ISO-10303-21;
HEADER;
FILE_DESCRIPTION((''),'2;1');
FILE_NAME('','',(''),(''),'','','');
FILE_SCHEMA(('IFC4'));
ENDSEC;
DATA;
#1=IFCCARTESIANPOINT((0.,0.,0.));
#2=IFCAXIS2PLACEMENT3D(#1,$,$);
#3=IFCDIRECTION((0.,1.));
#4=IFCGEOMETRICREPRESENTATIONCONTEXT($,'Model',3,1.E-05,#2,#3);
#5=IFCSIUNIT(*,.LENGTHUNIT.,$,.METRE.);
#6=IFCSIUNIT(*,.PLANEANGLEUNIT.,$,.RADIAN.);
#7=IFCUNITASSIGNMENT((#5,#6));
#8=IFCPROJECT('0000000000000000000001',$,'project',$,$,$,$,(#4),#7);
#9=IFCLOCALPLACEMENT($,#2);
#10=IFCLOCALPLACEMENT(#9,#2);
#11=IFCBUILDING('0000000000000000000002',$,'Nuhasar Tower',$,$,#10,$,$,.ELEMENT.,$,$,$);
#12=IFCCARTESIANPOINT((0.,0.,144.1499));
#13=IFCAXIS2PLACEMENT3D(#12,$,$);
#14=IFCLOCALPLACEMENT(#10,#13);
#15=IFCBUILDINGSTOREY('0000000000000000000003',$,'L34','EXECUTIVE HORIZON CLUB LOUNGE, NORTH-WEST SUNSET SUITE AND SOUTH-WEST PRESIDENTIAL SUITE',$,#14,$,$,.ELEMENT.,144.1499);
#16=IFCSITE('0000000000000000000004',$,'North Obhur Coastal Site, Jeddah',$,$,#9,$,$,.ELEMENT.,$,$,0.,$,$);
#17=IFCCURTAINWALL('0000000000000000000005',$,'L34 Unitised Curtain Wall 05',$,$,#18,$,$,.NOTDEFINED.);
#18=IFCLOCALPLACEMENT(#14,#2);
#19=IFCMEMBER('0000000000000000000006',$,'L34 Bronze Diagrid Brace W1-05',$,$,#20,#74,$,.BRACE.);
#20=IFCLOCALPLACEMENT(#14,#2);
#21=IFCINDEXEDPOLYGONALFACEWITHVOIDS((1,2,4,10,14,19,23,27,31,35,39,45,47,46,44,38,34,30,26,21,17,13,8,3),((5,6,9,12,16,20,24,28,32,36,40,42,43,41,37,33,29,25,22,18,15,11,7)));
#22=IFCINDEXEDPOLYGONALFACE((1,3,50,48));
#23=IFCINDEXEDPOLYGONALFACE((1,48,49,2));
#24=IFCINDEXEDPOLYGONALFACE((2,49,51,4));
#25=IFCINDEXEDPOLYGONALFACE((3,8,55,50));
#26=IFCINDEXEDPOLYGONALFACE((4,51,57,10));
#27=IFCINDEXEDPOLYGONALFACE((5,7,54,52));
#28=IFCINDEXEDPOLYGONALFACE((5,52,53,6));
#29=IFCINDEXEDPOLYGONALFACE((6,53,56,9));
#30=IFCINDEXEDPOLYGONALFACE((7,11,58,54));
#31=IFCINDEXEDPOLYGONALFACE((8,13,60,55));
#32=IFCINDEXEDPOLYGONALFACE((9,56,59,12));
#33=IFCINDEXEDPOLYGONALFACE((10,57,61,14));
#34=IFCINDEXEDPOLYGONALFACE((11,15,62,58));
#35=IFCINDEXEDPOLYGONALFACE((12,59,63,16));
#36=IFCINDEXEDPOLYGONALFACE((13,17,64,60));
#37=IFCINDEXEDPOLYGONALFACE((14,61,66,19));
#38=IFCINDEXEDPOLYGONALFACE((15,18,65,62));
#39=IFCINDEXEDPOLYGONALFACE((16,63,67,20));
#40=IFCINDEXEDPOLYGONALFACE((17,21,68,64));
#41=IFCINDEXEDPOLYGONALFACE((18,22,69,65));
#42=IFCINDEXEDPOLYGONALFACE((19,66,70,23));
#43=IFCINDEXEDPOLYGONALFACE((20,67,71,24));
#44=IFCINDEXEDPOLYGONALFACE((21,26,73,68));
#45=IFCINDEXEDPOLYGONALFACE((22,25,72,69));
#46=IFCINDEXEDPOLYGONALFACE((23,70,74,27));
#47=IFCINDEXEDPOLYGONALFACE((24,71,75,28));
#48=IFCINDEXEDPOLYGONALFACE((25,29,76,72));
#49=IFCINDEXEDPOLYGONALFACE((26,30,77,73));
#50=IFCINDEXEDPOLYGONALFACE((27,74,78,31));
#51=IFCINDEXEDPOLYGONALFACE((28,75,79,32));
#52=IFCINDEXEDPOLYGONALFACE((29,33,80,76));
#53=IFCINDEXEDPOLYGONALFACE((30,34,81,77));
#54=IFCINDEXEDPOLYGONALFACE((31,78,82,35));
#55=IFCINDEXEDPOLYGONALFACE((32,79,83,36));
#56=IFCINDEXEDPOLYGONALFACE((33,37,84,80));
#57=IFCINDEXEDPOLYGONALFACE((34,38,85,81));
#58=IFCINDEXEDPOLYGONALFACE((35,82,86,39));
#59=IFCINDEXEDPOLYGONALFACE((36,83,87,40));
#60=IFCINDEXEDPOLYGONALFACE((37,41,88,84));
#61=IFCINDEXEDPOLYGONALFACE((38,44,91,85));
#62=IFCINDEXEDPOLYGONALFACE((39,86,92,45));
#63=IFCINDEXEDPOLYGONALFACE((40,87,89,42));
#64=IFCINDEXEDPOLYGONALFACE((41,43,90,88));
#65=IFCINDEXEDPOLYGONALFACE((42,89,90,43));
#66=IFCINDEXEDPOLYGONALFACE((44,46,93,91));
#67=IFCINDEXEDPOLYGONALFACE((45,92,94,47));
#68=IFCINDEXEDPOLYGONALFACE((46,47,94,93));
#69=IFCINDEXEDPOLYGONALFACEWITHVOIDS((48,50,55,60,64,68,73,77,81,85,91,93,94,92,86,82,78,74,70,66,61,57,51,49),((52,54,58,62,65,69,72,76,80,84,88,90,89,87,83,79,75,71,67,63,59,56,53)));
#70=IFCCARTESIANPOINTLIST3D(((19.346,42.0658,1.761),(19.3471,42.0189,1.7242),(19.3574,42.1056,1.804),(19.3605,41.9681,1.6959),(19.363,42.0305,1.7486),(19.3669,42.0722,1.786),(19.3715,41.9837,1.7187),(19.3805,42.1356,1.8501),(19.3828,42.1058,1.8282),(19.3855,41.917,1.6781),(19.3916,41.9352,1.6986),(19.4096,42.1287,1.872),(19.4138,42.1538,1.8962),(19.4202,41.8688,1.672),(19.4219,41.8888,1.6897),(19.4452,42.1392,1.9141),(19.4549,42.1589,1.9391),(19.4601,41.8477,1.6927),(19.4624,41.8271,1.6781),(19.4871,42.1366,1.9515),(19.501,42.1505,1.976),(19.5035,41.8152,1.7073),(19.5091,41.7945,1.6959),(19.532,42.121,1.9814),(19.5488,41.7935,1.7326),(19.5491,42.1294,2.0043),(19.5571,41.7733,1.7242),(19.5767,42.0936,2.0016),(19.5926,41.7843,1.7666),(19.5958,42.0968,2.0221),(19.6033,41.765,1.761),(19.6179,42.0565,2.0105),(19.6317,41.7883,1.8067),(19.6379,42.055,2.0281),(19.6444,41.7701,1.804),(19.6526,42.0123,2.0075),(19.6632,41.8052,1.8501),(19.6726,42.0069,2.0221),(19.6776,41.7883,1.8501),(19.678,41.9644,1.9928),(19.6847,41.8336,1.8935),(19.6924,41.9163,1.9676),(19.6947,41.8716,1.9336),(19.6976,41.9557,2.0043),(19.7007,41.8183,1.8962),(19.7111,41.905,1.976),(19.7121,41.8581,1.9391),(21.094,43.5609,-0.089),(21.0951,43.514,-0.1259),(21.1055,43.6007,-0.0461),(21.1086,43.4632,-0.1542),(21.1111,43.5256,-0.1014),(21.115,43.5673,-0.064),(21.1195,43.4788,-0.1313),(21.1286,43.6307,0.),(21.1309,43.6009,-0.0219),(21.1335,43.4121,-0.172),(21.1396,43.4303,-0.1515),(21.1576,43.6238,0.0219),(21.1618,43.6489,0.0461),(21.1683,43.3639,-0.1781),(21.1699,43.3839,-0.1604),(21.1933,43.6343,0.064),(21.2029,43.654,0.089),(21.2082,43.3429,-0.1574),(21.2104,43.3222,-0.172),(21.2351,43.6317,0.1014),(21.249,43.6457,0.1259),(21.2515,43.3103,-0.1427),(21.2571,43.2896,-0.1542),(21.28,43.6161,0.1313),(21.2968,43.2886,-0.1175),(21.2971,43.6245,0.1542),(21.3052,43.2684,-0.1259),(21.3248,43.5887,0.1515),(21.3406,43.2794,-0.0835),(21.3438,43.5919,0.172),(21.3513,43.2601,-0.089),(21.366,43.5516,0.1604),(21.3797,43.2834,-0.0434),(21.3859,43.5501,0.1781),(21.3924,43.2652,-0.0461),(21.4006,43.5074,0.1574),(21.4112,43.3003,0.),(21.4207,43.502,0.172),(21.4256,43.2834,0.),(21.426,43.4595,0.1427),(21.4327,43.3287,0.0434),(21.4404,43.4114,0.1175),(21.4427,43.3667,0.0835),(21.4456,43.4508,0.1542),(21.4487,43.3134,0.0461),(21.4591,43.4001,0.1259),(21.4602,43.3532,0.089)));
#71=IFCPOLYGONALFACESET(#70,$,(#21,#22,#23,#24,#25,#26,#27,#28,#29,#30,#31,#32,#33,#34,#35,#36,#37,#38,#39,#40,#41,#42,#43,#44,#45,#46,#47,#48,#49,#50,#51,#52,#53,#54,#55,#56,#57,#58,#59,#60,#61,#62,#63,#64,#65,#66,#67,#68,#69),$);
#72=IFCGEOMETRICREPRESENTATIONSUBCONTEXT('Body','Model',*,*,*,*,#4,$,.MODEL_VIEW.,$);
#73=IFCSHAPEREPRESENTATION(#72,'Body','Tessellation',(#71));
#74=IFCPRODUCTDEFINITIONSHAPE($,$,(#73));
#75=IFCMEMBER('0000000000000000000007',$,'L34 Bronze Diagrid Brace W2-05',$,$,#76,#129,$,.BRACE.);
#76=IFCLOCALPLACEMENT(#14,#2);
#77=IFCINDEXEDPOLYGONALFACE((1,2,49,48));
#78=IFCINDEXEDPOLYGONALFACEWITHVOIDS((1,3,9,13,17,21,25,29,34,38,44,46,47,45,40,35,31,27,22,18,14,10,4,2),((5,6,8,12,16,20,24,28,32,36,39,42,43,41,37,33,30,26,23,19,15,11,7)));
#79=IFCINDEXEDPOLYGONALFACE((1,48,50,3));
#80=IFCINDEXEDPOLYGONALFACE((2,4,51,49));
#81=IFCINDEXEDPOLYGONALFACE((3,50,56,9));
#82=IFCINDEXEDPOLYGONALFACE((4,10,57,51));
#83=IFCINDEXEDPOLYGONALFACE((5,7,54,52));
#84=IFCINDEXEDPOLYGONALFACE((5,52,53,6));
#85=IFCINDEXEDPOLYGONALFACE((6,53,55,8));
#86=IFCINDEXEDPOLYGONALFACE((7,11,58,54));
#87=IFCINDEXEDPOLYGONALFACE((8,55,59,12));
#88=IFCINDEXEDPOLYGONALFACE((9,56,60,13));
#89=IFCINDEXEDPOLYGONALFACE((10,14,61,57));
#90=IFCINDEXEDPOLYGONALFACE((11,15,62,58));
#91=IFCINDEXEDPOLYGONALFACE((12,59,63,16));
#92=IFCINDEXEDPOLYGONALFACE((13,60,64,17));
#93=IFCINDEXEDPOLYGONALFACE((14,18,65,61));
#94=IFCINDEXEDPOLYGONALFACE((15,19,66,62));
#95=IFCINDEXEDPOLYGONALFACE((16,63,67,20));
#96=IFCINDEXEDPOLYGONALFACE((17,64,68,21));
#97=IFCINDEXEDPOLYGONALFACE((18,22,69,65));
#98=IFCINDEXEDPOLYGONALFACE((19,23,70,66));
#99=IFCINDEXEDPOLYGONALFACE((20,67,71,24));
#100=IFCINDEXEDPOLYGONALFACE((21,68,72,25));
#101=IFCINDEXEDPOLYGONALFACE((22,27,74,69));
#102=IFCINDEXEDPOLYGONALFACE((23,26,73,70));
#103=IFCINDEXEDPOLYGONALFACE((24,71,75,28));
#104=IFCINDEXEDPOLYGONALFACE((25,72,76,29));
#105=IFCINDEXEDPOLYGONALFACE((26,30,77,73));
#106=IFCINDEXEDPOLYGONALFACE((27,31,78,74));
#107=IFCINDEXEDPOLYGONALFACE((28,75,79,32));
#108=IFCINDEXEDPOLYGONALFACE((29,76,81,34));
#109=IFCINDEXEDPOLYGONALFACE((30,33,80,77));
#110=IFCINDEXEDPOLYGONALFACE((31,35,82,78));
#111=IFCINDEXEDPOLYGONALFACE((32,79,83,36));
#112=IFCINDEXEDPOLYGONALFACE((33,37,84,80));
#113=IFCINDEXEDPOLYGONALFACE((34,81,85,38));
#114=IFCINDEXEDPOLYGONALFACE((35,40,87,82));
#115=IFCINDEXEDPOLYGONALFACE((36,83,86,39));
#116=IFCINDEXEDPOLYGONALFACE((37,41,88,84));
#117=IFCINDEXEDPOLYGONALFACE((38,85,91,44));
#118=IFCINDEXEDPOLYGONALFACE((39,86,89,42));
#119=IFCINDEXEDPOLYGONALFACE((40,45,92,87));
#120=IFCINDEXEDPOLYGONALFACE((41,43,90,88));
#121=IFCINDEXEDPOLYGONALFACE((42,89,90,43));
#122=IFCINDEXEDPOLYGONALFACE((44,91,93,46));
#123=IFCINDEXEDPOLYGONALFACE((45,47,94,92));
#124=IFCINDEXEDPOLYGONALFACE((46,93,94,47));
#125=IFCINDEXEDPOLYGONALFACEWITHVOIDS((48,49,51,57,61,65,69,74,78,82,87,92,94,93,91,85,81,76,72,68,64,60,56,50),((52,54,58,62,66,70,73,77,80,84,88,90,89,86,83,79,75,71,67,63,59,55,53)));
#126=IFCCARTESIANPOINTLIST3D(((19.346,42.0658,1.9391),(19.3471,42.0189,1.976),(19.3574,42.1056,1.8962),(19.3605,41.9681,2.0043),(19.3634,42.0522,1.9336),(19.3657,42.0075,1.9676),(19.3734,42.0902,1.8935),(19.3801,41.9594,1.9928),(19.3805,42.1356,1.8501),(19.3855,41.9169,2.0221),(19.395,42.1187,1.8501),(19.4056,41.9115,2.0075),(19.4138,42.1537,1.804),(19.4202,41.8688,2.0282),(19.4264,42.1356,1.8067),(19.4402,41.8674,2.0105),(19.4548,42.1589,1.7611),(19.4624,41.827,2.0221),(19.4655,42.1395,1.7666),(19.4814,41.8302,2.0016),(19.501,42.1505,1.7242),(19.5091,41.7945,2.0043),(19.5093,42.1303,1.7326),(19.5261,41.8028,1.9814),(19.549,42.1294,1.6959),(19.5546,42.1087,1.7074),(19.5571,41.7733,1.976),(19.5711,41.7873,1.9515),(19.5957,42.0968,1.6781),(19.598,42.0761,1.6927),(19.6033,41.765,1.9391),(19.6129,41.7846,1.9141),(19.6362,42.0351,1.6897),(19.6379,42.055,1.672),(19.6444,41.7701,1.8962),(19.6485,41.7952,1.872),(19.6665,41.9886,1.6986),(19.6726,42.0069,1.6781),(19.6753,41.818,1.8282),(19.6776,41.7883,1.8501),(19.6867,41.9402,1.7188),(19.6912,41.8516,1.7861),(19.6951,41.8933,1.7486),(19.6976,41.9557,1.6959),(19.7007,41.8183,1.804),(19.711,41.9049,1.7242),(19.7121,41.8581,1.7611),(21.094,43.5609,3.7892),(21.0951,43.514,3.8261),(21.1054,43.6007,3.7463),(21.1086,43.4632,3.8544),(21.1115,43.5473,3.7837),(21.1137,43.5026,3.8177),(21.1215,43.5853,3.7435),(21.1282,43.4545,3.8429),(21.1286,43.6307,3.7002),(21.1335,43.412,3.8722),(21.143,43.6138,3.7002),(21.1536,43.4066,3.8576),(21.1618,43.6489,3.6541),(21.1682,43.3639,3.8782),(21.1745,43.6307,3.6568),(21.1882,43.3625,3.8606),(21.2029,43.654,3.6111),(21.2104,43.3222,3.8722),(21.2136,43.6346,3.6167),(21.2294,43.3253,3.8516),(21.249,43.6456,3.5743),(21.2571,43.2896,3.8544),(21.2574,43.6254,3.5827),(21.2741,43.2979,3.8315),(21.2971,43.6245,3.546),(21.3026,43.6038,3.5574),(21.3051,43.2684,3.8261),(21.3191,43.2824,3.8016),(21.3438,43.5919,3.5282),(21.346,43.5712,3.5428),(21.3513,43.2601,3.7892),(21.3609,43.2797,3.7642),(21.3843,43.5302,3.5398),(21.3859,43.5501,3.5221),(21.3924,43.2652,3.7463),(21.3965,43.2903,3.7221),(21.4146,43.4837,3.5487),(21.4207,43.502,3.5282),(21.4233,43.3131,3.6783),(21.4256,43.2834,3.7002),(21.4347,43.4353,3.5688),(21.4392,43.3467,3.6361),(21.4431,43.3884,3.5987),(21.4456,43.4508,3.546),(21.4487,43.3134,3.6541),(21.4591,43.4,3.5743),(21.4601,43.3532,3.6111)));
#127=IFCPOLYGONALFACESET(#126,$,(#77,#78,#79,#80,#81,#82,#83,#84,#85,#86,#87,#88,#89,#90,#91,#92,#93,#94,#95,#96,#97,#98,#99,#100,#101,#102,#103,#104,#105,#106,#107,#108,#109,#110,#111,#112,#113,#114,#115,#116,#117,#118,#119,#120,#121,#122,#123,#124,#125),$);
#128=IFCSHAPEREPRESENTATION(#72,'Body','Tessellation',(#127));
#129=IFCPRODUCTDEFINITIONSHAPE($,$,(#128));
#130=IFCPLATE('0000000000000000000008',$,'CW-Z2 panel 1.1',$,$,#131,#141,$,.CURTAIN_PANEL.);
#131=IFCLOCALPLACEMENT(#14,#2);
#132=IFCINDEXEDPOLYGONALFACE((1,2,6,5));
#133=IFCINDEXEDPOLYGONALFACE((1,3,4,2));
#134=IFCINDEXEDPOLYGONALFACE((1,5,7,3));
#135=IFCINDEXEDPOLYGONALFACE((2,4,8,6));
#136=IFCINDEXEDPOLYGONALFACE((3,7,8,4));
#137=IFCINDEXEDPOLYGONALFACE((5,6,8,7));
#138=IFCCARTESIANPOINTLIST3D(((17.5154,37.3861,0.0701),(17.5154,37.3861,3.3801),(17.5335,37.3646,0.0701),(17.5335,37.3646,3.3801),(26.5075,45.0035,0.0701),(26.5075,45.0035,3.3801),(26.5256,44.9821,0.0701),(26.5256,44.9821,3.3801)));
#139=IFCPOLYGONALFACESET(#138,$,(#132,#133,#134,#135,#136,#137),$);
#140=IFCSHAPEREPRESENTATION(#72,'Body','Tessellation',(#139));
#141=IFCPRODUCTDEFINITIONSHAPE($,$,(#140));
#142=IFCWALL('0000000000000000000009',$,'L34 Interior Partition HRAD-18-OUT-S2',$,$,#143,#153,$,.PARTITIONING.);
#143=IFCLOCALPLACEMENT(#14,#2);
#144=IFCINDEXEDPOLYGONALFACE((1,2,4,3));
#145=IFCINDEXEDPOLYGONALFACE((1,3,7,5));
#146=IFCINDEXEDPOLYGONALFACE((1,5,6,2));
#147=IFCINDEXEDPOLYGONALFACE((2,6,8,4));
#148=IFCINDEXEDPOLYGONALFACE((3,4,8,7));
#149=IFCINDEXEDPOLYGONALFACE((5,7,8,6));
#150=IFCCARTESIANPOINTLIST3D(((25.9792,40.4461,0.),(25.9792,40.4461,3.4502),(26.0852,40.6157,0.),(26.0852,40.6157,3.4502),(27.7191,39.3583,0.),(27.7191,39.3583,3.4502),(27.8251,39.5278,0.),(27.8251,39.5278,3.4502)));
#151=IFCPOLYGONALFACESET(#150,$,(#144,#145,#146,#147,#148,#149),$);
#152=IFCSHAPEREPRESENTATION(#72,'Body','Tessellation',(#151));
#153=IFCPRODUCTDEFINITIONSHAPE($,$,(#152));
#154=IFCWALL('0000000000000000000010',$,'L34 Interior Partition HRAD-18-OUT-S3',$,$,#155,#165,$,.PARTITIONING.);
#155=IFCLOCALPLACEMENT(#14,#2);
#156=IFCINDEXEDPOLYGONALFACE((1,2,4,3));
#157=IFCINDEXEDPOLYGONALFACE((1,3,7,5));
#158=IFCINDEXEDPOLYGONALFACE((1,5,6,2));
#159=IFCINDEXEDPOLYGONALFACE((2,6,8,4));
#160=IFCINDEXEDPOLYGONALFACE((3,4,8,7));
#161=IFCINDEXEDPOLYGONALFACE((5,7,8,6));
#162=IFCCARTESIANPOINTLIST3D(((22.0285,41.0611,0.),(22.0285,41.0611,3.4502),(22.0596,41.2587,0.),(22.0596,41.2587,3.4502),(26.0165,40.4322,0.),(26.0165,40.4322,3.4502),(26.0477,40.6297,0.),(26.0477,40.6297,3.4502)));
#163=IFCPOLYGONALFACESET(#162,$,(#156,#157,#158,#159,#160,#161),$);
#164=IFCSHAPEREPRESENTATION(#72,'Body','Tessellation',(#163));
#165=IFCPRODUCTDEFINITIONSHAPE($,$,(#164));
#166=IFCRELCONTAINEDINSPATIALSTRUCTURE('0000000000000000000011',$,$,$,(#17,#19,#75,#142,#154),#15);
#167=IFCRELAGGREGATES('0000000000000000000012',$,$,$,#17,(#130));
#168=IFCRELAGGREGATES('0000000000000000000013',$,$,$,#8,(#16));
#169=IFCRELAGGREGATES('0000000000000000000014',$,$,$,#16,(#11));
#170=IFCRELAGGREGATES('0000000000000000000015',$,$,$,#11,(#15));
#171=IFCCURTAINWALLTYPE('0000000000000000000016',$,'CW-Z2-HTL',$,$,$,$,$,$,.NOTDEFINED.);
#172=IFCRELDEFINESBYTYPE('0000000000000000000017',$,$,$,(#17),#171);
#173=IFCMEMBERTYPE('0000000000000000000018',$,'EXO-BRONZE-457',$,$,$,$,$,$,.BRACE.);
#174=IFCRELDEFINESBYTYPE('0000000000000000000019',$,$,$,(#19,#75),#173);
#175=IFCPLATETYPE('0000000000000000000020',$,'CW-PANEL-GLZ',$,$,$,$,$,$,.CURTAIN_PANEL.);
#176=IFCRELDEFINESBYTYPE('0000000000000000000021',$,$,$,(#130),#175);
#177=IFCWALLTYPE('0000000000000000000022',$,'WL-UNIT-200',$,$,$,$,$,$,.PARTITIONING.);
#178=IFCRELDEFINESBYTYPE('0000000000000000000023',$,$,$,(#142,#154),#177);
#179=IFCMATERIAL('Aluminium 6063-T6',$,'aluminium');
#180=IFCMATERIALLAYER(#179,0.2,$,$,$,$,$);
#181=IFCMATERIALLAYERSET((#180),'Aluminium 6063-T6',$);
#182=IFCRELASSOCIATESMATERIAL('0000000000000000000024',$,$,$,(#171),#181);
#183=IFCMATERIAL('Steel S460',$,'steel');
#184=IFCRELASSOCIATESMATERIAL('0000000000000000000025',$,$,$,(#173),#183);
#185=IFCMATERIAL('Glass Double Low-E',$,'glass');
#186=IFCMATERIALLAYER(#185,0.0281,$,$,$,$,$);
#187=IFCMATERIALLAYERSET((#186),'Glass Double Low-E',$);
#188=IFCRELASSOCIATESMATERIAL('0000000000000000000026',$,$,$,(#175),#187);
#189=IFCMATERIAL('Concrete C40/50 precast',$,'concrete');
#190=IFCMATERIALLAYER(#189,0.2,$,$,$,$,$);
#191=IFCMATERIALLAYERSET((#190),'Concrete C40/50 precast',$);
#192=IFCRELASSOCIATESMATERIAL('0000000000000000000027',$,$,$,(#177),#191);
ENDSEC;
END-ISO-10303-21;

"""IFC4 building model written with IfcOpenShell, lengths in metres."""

from ifc_helpers import new_model, si_unit, direction, frame, frame_2d, origin, origin_2d, place, context, subcontext, project, spatial, rectangle, hollow_circle, extrude, material, layer, layer_set, material_profile, profile_set, type_object, element, aggregate, save


model = new_model("IFC4")

# Units and contexts
model_context = context("Model", 3, precision=1e-05, world=origin(), true_north=direction((0.0, 1.0)))
body_context = subcontext(model_context, "Body", "Model", "MODEL_VIEW")
ifc_project = project(units=[si_unit("LENGTHUNIT", "METRE"), si_unit("PLANEANGLEUNIT", "RADIAN")], contexts=[model_context])

# Site, building, storey
site_placement = place(None, origin())
site = spatial("IfcSite", under=ifc_project, at=site_placement, Name="North Obhur Coastal Site, Jeddah", CompositionType="ELEMENT", RefElevation=0.0)
building_placement = place(site_placement, origin())
building = spatial("IfcBuilding", under=site, at=building_placement, Name="Nuhasar Tower", CompositionType="ELEMENT")
storey_placement = place(building_placement, frame((0.0, 0.0, 144.1499)))
storey = spatial("IfcBuildingStorey", under=building, at=storey_placement, Name="L34", Description="EXECUTIVE HORIZON CLUB LOUNGE, NORTH-WEST SUNSET SUITE AND SOUTH-WEST PRESIDENTIAL SUITE", CompositionType="ELEMENT", Elevation=144.1499)

# Shared definitions
ifc_material_1 = material(Name="Aluminium 6063-T6", Category="aluminium")
ifc_layer_1 = layer(ifc_material_1, 0.2)
ifc_layer_set_1 = layer_set([ifc_layer_1], Name="Aluminium 6063-T6")
curtain_wall_type = type_object("IfcCurtainWallType", Name="CW-Z2-HTL", PredefinedType="NOTDEFINED", material=ifc_layer_set_1)

# Curtain wall
curtain_wall_1_placement = place(storey_placement, origin())
curtain_wall_1 = element("IfcCurtainWall", 1, at=curtain_wall_1_placement, inside=storey, type_object=curtain_wall_type, Name="L34 Unitised Curtain Wall 05", PredefinedType="NOTDEFINED")

# Members
ifc_material_2 = material(Name="Steel S460", Category="steel")
ifc_material_profile_1 = material_profile(ifc_material_2, hollow_circle(Radius=0.2285, WallThickness=0.0222, at=origin_2d()), Name="HSS457X22.2")
ifc_profile_set_1 = profile_set([ifc_material_profile_1], Name="Steel S460")
member_type_1 = type_object("IfcMemberType", Name="EXO-BRONZE-457", PredefinedType="BRACE", material=ifc_profile_set_1)
for number, where, z_axis, x_axis, name in (
    (2, (21.2771, 43.457, 0.0), (-0.59217, -0.506488, 0.626741), (0.649987, -0.759945, 0.0), "L34 Bronze Diagrid Brace W1-05"),
    (3, (19.5291, 41.9619, 1.8501), (0.59217, 0.506488, 0.626741), (-0.649987, 0.759945, 0.0), "L34 Bronze Diagrid Brace W2-05"),
):
    element("IfcMember", number, at=place(storey_placement, frame(where, z_axis=z_axis, x_axis=x_axis)), inside=storey, type_object=member_type_1, Name=name, PredefinedType="BRACE", context=body_context, shape_type="SweptSolid", body=[
        extrude(hollow_circle(Radius=0.2285, WallThickness=0.0222, at=origin_2d()), origin(), (0.0, 0.0, 1.0), 2.9519),
    ])

# Plate
ifc_material_3 = material(Name="Glass Double Low-E", Category="glass")
ifc_layer_2 = layer(ifc_material_3, 0.0281)
ifc_layer_set_2 = layer_set([ifc_layer_2], Name="Glass Double Low-E")
plate_type = type_object("IfcPlateType", Name="CW-PANEL-GLZ", PredefinedType="CURTAIN_PANEL", material=ifc_layer_set_2)
plate_placement = place(storey_placement, frame((22.0205, 41.1841, 0.0701), z_axis=(0.0, 0.0, 1.0), x_axis=(-0.76302, -0.646374, 0.0)))
plate = element("IfcPlate", 4, at=plate_placement, type_object=plate_type, Name="CW-Z2 panel 1.1", PredefinedType="CURTAIN_PANEL", context=body_context, shape_type="SweptSolid", body=[
    extrude(rectangle(XDim=11.7849, YDim=0.0281, at=origin_2d()), origin(), (0.0, 0.0, 1.0), 3.3101),
])
aggregate(curtain_wall_1, [plate])

# Walls
ifc_material_4 = material(Name="Concrete C40/50 precast", Category="concrete")
ifc_layer_3 = layer(ifc_material_4, 0.2)
ifc_layer_set_3 = layer_set([ifc_layer_3], Name="Concrete C40/50 precast")
wall_type = type_object("IfcWallType", Name="WL-UNIT-200", PredefinedType="PARTITIONING", material=ifc_layer_set_3)
wall_1_placement = place(storey_placement, frame((27.772, 39.4431, 0.0), z_axis=(0.0, 0.0, 1.0), x_axis=(-0.847911, 0.530138, 0.0)))
element("IfcWall", 5, at=wall_1_placement, inside=storey, type_object=wall_type, Name="L34 Interior Partition HRAD-18-OUT-S2", PredefinedType="PARTITIONING", context=body_context, shape_type="SweptSolid", body=[
    extrude(rectangle(XDim=2.052, YDim=0.2, at=frame_2d((1.0259, 0.0))), origin(), (0.0, 0.0, 1.0), 3.4502),
])
wall_2_placement = place(storey_placement, frame((26.032, 40.531, 0.0), z_axis=(0.0, 0.0, 1.0), x_axis=(-0.987793, 0.155773, 0.0)))
element("IfcWall", 6, at=wall_2_placement, inside=storey, type_object=wall_type, Name="L34 Interior Partition HRAD-18-OUT-S3", PredefinedType="PARTITIONING", context=body_context, shape_type="SweptSolid", body=[
    extrude(rectangle(XDim=4.0374, YDim=0.2, at=frame_2d((2.0186, 0.0))), origin(), (0.0, 0.0, 1.0), 3.4502),
])

save(model, "model.ifc")
